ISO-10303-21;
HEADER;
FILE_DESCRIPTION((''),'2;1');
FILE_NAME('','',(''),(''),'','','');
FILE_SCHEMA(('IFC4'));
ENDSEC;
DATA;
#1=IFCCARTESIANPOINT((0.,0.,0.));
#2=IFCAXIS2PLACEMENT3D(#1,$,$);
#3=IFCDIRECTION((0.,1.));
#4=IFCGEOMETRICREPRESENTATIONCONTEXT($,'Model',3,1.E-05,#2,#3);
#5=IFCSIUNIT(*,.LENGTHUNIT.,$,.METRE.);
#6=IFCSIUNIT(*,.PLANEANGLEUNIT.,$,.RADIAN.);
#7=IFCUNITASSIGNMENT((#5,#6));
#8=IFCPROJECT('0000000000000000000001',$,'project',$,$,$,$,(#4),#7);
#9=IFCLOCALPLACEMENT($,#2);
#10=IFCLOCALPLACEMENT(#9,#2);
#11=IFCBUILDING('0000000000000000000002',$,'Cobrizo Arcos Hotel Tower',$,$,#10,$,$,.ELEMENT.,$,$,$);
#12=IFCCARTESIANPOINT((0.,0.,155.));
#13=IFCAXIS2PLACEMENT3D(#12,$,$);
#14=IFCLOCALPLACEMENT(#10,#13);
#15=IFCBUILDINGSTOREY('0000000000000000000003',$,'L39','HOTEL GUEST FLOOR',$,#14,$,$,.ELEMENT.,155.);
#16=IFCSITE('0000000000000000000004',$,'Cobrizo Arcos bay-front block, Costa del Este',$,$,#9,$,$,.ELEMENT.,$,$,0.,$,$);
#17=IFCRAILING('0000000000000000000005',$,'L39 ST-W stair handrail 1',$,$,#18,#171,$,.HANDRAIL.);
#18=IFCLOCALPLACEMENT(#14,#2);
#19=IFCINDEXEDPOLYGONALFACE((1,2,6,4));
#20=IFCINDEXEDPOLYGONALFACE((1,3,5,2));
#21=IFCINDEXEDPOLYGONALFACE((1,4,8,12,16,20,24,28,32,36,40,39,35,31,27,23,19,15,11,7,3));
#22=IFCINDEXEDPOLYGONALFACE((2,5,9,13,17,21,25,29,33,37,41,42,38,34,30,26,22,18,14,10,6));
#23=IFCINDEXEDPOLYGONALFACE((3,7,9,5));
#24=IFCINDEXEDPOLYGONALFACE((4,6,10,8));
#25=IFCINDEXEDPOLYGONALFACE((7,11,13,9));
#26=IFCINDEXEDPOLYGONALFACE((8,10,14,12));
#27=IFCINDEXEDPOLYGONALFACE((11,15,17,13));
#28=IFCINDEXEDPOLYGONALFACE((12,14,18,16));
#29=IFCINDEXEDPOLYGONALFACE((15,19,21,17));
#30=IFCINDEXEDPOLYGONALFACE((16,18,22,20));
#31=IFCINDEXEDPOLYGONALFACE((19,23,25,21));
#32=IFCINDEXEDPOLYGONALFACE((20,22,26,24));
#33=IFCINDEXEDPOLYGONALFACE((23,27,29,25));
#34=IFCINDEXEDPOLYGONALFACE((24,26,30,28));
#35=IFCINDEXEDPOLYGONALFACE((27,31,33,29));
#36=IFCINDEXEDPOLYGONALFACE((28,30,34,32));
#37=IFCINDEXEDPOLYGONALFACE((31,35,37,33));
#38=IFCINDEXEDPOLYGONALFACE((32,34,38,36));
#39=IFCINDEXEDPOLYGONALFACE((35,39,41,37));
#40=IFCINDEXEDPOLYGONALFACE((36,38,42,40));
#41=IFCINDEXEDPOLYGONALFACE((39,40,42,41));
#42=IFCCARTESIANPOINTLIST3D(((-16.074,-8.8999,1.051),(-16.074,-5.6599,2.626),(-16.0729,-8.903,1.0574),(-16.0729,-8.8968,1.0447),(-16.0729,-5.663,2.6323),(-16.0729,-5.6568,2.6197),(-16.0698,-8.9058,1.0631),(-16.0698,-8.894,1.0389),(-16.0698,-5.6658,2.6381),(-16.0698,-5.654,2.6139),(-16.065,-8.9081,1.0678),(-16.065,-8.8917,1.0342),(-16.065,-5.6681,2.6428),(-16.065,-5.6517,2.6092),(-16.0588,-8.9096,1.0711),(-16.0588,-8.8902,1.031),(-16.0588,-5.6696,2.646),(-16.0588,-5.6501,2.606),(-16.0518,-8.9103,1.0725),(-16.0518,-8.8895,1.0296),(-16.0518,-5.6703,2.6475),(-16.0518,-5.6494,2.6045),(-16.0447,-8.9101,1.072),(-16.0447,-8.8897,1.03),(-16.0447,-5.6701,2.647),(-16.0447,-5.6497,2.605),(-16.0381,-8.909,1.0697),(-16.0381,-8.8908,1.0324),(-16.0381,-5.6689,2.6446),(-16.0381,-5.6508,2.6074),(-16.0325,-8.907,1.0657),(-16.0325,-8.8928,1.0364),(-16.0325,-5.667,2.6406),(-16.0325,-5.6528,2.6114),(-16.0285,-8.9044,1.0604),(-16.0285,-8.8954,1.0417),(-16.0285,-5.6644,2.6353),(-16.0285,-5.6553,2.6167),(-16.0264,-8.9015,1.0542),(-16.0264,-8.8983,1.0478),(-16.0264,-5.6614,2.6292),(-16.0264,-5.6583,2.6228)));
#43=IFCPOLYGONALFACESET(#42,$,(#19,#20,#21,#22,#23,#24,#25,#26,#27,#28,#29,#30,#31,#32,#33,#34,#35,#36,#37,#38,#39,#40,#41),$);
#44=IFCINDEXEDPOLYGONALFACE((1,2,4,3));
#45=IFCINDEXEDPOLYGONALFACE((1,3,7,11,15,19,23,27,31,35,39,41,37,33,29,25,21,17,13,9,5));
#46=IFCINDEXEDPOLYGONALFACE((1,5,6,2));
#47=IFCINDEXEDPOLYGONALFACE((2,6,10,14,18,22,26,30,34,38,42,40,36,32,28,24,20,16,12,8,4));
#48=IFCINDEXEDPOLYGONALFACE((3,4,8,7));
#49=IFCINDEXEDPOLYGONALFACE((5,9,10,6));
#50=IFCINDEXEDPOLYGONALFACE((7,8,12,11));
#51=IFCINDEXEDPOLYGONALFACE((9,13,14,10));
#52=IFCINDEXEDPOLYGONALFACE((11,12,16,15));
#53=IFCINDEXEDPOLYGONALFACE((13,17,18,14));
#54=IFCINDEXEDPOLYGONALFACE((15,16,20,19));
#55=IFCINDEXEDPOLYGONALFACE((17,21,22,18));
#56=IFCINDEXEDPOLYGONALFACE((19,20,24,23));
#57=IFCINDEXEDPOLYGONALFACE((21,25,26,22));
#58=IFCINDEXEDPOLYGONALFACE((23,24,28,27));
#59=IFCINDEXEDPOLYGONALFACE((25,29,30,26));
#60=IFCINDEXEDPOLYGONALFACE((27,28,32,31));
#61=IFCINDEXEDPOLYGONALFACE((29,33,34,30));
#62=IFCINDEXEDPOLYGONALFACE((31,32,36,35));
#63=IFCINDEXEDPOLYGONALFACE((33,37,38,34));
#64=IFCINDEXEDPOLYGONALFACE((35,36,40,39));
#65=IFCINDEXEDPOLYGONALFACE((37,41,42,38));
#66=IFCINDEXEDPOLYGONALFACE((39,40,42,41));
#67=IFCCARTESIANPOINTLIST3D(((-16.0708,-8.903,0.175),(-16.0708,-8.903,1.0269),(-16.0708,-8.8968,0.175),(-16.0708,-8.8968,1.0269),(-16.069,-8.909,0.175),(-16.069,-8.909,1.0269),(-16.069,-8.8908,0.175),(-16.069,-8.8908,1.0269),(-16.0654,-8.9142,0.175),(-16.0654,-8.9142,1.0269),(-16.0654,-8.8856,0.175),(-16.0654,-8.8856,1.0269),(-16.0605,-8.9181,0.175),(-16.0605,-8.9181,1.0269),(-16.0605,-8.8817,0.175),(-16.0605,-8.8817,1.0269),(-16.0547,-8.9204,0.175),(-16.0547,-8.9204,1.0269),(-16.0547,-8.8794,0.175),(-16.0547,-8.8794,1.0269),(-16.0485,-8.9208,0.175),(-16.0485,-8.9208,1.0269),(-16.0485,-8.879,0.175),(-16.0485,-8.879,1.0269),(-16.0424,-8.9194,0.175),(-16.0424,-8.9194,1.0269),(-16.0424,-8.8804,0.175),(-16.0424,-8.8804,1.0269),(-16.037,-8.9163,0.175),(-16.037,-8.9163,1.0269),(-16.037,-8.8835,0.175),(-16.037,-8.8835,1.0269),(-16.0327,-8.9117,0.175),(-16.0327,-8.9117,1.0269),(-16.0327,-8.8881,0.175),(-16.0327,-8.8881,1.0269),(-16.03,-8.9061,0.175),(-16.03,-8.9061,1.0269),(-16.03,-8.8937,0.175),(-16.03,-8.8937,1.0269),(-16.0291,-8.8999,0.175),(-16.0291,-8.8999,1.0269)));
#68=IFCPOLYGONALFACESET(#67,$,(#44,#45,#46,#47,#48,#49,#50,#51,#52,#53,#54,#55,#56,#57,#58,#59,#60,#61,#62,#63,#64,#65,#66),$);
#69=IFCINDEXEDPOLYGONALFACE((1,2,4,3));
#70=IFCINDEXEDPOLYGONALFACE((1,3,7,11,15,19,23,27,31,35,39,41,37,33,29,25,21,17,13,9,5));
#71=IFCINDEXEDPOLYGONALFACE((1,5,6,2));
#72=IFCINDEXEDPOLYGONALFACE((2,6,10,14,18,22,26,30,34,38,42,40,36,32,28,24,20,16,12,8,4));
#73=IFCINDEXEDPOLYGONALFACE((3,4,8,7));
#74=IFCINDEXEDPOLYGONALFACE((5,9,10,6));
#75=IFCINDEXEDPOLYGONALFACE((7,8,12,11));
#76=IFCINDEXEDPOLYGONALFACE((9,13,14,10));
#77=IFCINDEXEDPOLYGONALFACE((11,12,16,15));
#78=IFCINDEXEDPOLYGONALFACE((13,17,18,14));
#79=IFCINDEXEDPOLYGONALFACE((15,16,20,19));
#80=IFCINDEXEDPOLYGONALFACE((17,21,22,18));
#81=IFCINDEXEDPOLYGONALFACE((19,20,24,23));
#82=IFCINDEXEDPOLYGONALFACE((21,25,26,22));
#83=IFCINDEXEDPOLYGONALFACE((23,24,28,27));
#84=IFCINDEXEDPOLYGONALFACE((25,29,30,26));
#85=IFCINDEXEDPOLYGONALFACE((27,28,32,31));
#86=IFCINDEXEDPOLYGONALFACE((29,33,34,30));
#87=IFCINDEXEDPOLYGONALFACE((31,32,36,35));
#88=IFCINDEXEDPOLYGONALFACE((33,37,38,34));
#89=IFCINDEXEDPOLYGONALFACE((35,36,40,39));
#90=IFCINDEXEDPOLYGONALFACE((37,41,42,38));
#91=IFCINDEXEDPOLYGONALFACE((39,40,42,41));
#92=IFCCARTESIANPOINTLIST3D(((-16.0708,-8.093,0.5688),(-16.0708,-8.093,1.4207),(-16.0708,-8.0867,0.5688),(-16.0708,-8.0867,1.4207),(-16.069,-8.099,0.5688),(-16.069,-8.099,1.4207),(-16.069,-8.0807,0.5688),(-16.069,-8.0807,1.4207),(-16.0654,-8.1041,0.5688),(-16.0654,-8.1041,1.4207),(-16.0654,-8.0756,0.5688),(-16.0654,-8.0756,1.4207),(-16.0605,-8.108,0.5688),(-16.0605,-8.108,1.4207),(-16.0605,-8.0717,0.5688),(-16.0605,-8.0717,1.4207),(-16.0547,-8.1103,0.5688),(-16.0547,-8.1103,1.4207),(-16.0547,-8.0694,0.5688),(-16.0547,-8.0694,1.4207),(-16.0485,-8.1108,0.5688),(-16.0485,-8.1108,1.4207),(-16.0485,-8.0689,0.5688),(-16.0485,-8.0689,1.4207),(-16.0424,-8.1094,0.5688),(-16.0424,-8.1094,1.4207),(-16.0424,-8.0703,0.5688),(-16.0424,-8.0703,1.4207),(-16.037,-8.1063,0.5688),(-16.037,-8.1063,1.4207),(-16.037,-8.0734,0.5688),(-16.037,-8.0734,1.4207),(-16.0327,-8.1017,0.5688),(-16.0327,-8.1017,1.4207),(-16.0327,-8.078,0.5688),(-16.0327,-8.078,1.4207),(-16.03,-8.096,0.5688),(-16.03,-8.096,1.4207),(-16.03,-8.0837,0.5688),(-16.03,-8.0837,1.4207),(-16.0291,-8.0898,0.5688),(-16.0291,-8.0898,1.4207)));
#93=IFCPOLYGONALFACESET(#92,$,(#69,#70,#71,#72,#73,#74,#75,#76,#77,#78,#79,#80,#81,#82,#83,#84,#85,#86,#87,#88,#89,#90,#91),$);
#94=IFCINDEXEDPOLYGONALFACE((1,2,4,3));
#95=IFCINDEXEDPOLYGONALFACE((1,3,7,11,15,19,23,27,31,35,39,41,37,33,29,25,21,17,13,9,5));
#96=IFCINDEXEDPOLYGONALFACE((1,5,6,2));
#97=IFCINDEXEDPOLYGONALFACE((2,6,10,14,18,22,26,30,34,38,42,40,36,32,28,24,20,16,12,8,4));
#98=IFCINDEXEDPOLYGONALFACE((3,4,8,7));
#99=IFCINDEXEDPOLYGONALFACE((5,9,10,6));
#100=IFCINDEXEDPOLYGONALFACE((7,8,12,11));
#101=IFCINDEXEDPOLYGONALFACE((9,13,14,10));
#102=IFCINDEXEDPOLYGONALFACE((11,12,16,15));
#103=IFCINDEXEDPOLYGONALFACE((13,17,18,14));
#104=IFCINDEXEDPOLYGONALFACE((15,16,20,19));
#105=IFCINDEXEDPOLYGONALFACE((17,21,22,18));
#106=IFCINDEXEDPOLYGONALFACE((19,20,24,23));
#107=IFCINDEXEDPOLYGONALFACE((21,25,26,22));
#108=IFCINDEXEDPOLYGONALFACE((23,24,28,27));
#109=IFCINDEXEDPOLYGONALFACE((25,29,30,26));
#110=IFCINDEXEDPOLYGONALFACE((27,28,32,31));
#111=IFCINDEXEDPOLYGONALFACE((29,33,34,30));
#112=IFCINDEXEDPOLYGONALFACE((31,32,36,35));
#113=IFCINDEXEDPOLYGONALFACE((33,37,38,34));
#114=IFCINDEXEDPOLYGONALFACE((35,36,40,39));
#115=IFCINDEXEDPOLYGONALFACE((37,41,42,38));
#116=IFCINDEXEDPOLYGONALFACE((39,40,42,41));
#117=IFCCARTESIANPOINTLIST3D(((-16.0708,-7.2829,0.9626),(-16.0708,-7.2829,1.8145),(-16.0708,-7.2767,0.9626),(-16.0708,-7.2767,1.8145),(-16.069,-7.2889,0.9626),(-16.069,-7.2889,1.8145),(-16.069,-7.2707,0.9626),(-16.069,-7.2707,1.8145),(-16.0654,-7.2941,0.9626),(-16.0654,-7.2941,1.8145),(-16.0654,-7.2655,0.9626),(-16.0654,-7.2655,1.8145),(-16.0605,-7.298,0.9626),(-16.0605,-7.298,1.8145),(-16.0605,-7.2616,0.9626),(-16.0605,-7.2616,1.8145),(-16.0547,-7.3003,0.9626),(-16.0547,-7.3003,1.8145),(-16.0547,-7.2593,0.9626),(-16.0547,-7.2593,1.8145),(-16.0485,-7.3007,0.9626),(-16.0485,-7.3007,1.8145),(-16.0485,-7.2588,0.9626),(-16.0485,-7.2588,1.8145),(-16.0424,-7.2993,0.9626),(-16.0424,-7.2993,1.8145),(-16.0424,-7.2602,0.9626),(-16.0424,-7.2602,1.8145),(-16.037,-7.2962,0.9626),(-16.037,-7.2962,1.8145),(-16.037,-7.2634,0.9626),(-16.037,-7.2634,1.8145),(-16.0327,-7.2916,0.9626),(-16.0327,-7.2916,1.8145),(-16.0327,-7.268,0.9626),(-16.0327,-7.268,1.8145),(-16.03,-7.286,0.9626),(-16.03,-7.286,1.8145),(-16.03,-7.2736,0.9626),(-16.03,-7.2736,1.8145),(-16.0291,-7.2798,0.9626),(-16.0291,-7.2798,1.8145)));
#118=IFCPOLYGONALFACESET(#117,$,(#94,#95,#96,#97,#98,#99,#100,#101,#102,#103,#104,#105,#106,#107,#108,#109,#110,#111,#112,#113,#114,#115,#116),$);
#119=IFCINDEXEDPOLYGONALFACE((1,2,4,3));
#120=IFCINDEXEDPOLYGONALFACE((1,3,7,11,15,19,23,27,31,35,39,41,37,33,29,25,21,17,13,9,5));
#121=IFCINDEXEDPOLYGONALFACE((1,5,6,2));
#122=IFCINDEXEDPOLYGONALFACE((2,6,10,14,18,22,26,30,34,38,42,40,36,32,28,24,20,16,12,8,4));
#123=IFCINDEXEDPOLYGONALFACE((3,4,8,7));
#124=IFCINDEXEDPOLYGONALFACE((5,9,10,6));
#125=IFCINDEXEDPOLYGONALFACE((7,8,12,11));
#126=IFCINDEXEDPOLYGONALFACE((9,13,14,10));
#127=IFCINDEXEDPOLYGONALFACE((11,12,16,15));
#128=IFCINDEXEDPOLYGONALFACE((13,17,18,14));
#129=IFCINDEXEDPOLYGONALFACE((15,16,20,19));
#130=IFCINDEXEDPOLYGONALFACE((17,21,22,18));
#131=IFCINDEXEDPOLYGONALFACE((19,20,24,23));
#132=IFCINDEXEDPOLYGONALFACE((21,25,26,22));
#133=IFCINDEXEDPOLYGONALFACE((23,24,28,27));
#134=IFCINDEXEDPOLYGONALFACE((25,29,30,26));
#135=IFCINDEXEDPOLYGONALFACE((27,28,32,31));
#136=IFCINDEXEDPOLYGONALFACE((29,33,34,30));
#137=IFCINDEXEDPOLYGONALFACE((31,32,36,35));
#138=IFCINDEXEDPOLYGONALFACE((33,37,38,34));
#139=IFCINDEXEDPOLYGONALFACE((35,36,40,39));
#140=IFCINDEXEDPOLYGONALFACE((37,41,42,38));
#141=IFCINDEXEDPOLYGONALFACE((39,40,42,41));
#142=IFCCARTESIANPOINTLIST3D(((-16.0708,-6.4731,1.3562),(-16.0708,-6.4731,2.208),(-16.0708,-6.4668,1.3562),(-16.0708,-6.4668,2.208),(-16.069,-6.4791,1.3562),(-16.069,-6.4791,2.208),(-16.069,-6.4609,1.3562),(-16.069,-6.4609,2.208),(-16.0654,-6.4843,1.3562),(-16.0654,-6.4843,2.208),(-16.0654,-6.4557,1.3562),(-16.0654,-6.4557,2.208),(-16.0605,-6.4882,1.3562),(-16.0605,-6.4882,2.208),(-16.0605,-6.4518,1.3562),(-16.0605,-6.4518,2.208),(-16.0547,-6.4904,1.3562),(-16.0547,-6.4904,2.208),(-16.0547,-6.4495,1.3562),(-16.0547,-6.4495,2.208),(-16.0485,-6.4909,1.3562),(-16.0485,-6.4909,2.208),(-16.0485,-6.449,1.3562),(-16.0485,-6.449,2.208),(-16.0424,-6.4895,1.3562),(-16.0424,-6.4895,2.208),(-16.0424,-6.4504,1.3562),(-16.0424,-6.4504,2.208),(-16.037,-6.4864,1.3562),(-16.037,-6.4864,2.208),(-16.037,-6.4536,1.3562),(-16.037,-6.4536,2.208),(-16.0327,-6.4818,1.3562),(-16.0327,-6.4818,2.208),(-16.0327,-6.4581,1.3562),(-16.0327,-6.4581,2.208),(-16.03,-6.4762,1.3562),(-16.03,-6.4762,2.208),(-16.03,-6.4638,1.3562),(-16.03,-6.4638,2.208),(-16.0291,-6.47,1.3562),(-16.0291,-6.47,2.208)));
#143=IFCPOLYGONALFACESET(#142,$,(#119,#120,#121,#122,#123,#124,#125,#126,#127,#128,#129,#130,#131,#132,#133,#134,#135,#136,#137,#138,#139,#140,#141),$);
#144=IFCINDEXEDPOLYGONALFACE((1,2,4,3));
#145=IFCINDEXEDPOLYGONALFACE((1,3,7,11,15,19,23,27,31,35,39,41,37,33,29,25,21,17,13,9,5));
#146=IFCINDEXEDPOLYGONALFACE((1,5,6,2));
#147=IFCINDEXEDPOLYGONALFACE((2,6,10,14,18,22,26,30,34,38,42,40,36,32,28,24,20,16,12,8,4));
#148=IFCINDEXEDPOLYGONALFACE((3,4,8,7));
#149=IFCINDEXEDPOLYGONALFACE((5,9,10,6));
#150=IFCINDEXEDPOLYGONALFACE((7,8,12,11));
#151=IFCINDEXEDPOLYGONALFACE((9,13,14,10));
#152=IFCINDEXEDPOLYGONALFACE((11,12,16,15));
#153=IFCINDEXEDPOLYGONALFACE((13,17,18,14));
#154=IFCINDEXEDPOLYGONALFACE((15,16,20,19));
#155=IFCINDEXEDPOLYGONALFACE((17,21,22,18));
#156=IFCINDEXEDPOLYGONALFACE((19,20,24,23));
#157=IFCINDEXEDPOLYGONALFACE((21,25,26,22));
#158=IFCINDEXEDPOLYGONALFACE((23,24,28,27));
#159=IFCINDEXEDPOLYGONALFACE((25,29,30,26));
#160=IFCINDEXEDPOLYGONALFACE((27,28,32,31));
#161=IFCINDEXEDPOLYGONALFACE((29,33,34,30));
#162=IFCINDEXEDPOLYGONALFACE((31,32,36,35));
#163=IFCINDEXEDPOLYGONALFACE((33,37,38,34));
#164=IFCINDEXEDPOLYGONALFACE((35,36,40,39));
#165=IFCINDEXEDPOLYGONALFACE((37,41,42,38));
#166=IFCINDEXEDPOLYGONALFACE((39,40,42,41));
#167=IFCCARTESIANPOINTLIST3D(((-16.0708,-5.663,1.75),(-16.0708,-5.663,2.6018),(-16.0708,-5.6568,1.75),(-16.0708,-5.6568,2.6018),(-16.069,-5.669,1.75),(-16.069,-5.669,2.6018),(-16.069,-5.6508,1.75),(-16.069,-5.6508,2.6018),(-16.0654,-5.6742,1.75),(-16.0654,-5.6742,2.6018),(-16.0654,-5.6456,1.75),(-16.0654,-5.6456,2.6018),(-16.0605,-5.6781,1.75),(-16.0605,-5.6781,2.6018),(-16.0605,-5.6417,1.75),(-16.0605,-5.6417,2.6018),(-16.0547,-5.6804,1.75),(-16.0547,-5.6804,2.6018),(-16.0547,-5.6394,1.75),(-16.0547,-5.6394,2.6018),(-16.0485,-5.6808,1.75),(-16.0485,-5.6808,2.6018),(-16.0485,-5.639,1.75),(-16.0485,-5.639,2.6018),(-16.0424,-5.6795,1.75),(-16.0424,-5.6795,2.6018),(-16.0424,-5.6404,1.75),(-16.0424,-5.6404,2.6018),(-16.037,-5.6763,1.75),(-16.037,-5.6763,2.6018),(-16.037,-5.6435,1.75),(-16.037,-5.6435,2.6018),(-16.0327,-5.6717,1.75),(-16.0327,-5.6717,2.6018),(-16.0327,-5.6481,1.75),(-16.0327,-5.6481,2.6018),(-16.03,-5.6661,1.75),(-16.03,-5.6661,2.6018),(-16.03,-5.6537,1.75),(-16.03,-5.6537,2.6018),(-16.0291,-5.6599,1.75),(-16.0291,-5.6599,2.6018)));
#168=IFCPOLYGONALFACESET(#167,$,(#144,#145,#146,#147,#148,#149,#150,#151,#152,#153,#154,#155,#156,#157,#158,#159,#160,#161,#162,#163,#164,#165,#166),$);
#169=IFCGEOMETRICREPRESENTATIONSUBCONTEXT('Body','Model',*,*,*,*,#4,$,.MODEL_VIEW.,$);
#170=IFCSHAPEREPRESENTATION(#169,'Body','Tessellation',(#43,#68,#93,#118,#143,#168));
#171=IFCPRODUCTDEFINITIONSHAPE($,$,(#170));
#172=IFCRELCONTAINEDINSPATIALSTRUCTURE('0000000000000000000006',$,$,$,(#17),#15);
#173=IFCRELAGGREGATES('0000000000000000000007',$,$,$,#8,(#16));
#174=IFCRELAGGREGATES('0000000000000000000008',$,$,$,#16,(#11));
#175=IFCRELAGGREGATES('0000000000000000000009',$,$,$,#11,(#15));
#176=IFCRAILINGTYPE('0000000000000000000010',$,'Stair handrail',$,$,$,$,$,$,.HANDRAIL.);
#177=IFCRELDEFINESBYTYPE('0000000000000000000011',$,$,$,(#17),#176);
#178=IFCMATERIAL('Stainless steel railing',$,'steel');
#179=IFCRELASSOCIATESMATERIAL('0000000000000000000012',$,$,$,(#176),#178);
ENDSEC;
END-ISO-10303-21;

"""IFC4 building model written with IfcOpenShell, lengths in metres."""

from ifc_helpers import new_model, si_unit, direction, frame, origin, origin_2d, place, context, subcontext, project, spatial, circle, extrude, material, type_object, element, save


model = new_model("IFC4")

# Units and contexts
model_context = context("Model", 3, precision=1e-05, world=origin(), true_north=direction((0.0, 1.0)))
body_context = subcontext(model_context, "Body", "Model", "MODEL_VIEW")
ifc_project = project(units=[si_unit("LENGTHUNIT", "METRE"), si_unit("PLANEANGLEUNIT", "RADIAN")], contexts=[model_context])

# Site, building, storey
site_placement = place(None, origin())
site = spatial("IfcSite", under=ifc_project, at=site_placement, Name="Cobrizo Arcos bay-front block, Costa del Este", CompositionType="ELEMENT", RefElevation=0.0)
building_placement = place(site_placement, origin())
building = spatial("IfcBuilding", under=site, at=building_placement, Name="Cobrizo Arcos Hotel Tower", CompositionType="ELEMENT")
storey_placement = place(building_placement, frame((0.0, 0.0, 155.0)))
storey = spatial("IfcBuildingStorey", under=building, at=storey_placement, Name="L39", Description="HOTEL GUEST FLOOR", CompositionType="ELEMENT", Elevation=155.0)

# Railing
ifc_material_1 = material(Name="Stainless steel railing", Category="steel")
railing_type = type_object("IfcRailingType", Name="Stair handrail", PredefinedType="HANDRAIL", material=ifc_material_1)
railing_placement = place(storey_placement, frame((-16.05, -8.8999, 0.175)))
element("IfcRailing", 1, at=railing_placement, inside=storey, type_object=railing_type, Name="L39 ST-W stair handrail 1", PredefinedType="HANDRAIL", context=body_context, shape_type="SweptSolid", body=[
    extrude(circle(Radius=0.0239, at=origin_2d()), frame((0.0, 0.0, 0.876), z_axis=(0.0, 0.899373, 0.437183), x_axis=(-1.0, 0.0, 0.0)), (0.0, 0.0, 1.0), 3.6025),
    extrude(circle(Radius=0.021, at=origin_2d()), origin(), (0.0, 0.0, 1.0), 0.8518),
    extrude(circle(Radius=0.021, at=origin_2d()), frame((0.0, 0.8101, 0.3938)), (0.0, 0.0, 1.0), 0.8518),
    extrude(circle(Radius=0.021, at=origin_2d()), frame((0.0, 1.6201, 0.7876)), (0.0, 0.0, 1.0), 0.8518),
    extrude(circle(Radius=0.021, at=origin_2d()), frame((0.0, 2.4299, 1.1812)), (0.0, 0.0, 1.0), 0.8518),
    extrude(circle(Radius=0.021, at=origin_2d()), frame((0.0, 3.24, 1.575)), (0.0, 0.0, 1.0), 0.8518),
])

save(model, "model.ifc")
